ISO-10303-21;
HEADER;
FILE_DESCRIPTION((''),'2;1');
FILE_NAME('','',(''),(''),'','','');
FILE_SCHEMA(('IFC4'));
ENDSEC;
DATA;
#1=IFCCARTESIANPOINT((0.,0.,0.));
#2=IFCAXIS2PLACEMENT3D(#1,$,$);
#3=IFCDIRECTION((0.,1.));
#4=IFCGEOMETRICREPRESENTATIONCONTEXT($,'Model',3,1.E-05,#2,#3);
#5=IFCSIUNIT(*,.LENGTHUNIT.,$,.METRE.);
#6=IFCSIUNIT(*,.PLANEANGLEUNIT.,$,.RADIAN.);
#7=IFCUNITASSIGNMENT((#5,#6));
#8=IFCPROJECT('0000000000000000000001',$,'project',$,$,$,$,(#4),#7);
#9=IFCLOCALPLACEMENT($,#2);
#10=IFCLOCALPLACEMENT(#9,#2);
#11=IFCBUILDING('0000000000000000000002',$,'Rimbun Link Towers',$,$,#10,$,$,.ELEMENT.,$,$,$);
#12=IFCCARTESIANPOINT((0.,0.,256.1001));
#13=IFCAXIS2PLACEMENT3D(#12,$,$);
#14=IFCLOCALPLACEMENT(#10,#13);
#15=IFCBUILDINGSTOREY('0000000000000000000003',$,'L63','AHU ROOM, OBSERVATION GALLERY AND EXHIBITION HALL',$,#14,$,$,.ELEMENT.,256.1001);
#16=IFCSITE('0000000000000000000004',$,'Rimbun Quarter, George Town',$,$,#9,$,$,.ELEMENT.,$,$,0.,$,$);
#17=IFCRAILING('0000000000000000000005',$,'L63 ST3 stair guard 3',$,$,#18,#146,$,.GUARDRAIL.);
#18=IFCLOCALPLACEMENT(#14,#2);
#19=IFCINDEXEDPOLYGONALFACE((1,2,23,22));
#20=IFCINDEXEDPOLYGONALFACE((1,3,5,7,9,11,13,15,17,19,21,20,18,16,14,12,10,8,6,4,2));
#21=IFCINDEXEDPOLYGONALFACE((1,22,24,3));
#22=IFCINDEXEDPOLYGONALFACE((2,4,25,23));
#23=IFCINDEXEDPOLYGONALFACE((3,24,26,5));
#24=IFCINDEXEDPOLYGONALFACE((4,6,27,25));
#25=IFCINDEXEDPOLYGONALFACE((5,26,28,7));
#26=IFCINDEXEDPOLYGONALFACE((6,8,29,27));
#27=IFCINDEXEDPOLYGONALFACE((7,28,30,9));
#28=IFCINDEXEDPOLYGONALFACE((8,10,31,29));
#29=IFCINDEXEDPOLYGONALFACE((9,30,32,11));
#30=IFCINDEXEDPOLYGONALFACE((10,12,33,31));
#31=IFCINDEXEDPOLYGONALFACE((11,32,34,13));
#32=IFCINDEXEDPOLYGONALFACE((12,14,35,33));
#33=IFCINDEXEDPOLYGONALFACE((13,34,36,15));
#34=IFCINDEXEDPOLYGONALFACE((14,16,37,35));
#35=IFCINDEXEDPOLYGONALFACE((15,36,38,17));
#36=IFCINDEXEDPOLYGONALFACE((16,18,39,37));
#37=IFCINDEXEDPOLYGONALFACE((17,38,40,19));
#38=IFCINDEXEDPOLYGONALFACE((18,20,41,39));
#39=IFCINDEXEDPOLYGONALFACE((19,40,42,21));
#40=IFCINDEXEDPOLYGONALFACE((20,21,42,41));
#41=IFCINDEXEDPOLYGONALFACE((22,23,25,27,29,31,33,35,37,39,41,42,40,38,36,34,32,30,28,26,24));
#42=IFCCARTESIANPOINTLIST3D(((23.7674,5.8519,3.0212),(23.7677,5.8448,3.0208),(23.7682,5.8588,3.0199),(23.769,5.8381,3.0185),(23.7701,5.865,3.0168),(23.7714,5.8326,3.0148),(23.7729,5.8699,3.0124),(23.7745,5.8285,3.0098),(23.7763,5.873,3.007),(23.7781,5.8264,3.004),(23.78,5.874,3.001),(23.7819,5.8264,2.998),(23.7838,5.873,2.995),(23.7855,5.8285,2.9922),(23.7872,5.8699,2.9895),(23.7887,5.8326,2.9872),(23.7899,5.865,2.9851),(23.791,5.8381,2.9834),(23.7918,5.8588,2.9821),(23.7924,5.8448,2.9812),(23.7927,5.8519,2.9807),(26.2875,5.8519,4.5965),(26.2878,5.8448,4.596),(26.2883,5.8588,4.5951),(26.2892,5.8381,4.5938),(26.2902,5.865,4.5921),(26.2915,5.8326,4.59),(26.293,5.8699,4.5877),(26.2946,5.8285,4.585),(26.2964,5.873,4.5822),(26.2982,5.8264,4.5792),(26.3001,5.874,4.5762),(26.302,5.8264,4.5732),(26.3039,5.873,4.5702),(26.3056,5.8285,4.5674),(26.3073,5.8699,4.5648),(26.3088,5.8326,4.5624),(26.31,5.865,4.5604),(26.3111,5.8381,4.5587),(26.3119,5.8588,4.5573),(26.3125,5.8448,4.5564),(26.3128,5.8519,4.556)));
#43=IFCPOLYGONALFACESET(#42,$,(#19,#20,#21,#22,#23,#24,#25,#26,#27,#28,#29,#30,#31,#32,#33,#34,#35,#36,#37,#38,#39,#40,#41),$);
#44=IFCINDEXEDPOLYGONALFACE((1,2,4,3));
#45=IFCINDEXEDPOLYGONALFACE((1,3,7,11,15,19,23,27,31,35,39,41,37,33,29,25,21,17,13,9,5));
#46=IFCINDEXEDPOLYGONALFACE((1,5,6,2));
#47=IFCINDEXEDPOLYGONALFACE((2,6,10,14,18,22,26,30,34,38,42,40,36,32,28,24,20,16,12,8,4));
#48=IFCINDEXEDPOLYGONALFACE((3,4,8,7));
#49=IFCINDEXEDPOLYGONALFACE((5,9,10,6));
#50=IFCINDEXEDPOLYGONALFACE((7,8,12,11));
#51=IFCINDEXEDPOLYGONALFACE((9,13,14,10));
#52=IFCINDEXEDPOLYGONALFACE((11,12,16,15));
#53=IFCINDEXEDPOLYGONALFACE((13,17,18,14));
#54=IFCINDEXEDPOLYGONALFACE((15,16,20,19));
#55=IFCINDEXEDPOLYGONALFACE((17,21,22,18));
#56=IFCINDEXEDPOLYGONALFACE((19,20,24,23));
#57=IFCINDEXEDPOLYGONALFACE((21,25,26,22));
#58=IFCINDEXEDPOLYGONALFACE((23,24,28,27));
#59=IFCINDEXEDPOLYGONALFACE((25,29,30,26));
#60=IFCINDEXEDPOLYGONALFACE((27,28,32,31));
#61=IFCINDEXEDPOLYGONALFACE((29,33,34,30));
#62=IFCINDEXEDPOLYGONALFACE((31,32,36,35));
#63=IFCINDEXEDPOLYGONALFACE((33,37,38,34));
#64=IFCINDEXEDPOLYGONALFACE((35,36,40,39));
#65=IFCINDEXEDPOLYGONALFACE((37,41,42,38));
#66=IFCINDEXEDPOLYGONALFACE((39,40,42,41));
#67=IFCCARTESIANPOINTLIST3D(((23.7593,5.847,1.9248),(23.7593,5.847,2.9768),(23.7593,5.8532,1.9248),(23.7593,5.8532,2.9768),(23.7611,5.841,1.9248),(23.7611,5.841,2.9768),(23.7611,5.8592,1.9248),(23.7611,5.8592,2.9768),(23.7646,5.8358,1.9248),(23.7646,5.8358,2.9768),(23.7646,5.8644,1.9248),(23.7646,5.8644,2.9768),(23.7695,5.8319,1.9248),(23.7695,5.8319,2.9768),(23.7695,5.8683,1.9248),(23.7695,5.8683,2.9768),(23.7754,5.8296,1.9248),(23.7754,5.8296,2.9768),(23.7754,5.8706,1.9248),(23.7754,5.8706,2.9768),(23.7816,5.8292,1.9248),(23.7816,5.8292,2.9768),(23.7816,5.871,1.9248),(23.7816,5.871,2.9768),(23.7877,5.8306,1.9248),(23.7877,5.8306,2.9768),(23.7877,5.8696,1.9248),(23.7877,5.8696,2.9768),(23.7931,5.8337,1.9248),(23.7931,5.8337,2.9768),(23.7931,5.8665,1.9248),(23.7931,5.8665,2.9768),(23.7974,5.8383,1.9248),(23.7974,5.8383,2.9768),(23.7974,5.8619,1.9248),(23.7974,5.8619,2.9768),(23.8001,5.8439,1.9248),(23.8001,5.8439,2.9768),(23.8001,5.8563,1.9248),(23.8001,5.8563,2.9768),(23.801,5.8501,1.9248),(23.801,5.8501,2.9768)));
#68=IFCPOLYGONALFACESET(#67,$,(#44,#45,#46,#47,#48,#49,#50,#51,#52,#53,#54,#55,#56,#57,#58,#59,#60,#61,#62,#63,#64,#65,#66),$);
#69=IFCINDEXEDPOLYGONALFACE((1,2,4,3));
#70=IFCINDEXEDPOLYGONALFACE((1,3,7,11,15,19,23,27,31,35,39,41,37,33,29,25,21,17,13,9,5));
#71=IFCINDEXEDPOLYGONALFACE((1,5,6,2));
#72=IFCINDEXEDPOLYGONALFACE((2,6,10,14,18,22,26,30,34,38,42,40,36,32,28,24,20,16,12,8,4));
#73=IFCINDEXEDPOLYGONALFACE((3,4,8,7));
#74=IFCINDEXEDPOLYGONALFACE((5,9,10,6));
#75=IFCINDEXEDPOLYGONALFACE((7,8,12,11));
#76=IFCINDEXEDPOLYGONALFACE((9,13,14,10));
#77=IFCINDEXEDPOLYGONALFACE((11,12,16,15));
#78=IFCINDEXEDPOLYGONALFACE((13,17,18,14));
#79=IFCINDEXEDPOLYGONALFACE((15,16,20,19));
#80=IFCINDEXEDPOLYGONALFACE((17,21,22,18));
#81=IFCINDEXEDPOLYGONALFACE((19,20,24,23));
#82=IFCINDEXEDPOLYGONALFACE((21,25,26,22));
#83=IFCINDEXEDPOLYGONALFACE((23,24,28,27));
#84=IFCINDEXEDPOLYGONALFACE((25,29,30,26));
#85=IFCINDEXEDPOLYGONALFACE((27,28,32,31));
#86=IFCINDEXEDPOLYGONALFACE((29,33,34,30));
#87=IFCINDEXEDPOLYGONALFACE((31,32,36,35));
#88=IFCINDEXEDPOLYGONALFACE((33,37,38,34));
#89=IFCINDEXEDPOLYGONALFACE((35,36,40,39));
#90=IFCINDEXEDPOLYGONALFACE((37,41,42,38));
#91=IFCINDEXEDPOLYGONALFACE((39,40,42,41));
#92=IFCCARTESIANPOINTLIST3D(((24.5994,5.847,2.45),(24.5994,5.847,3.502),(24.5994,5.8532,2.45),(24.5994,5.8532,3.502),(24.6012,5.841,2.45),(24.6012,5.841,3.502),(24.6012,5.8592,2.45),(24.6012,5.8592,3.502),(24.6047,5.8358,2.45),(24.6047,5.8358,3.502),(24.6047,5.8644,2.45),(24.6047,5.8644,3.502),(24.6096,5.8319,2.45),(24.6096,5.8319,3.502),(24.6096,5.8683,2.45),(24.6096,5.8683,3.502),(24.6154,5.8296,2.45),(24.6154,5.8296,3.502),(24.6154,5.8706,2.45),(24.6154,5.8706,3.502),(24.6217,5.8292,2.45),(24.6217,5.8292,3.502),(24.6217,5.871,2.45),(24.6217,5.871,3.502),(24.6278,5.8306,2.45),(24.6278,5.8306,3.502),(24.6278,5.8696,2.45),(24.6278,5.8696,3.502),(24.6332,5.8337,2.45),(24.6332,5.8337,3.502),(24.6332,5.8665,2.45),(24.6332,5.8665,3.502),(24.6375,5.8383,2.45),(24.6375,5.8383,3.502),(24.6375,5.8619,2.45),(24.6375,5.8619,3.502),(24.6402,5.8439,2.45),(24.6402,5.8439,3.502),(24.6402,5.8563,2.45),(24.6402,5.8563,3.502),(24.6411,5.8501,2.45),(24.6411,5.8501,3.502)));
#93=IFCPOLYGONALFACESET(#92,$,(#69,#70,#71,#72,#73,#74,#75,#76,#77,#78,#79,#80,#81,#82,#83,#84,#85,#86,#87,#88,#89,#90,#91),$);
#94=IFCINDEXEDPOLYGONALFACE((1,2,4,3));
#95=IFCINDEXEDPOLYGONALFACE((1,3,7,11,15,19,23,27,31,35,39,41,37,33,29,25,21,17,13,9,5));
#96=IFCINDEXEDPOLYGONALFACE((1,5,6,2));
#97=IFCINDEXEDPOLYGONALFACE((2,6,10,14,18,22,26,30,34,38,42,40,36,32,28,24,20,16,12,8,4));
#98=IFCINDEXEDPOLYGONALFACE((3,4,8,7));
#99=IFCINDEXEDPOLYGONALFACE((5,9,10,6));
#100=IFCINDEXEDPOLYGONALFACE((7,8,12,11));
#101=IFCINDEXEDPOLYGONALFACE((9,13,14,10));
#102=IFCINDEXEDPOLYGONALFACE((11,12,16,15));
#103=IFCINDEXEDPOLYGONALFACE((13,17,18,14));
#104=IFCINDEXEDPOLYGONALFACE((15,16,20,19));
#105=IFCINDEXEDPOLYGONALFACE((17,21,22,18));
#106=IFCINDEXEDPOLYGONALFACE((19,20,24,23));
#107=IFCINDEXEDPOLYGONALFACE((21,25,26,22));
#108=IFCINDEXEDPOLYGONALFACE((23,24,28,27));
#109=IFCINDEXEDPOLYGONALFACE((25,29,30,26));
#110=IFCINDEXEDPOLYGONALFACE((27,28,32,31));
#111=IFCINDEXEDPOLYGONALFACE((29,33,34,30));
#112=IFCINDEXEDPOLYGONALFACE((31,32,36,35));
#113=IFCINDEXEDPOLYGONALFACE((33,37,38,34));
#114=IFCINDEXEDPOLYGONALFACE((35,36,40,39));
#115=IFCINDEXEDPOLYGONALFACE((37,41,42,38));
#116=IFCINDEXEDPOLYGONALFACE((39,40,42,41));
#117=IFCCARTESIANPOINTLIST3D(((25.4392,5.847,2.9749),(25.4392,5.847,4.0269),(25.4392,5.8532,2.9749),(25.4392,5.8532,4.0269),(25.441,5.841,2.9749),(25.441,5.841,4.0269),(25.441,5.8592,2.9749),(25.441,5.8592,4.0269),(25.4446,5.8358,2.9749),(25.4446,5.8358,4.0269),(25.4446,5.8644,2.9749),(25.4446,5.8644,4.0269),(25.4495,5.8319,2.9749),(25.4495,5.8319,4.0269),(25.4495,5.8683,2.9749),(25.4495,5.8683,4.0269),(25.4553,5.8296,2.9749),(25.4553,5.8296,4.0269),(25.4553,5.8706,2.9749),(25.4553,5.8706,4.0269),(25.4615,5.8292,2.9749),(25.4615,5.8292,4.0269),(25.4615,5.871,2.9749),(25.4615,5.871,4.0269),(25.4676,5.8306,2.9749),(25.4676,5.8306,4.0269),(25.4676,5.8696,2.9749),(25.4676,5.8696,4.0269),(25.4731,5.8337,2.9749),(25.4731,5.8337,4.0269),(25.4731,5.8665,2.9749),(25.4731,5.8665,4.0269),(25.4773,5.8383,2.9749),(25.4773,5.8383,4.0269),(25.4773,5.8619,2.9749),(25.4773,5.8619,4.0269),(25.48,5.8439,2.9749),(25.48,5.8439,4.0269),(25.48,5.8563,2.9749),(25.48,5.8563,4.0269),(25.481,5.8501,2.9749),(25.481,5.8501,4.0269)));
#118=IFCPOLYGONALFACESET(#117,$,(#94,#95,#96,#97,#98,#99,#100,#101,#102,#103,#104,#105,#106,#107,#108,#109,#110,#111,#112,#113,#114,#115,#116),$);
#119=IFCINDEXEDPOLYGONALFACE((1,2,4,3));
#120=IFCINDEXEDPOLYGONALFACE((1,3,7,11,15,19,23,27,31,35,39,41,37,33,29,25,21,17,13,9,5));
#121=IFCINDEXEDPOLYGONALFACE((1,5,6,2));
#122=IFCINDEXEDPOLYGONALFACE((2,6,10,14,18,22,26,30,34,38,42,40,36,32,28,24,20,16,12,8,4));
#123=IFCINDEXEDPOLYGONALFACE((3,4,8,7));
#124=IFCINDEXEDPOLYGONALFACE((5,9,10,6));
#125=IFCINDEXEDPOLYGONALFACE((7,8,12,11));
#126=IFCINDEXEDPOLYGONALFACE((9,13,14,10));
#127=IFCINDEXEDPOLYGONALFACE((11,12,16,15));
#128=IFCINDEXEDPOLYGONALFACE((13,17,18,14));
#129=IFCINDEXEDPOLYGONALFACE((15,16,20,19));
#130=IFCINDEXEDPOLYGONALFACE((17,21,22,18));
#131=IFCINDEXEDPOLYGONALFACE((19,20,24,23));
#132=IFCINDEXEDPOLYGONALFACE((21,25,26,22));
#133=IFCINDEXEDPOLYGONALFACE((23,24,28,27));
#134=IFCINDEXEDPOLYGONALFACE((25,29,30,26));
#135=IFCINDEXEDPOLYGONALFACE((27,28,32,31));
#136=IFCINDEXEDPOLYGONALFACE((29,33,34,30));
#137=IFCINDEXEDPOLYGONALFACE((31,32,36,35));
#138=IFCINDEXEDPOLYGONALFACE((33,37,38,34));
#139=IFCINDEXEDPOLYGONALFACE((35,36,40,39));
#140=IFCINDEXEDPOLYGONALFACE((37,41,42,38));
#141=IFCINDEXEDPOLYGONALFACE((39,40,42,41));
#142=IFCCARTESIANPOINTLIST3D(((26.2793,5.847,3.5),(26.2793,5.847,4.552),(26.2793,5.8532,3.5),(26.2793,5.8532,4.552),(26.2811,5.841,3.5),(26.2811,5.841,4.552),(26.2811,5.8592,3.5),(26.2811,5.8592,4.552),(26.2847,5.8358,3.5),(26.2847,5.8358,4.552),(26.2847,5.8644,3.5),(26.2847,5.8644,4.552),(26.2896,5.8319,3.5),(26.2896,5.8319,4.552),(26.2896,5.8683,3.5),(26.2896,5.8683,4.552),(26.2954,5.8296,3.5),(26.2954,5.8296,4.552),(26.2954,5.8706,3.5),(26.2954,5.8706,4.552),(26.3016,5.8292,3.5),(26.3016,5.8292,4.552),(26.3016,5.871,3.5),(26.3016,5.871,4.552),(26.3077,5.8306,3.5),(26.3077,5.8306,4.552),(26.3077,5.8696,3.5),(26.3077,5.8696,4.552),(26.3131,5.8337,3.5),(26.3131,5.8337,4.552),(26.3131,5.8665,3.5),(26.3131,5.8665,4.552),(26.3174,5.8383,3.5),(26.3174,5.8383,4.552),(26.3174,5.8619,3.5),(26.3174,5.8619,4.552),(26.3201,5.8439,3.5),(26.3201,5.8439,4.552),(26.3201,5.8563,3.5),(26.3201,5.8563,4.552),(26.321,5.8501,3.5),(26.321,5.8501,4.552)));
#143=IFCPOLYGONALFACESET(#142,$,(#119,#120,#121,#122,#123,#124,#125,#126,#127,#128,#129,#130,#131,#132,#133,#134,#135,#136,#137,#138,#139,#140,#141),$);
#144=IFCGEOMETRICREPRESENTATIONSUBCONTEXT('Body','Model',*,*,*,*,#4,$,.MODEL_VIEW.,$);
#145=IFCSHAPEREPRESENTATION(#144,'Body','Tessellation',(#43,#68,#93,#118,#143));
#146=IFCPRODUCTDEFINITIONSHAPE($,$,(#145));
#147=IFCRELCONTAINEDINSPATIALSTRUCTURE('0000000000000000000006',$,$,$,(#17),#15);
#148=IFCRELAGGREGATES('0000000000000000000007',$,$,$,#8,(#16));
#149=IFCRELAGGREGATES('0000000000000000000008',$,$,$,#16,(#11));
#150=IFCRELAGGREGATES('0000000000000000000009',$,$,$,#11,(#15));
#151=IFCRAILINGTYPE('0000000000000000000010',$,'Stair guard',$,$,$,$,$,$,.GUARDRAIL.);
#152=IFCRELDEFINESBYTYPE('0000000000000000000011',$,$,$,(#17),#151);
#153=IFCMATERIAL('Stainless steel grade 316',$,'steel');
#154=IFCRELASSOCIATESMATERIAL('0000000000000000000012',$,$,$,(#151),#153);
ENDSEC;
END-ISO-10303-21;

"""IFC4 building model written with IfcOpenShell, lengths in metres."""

from ifc_helpers import new_model, si_unit, direction, frame, origin, origin_2d, place, context, subcontext, project, spatial, circle, extrude, material, type_object, element, save


model = new_model("IFC4")

# Units and contexts
model_context = context("Model", 3, precision=1e-05, world=origin(), true_north=direction((0.0, 1.0)))
body_context = subcontext(model_context, "Body", "Model", "MODEL_VIEW")
ifc_project = project(units=[si_unit("LENGTHUNIT", "METRE"), si_unit("PLANEANGLEUNIT", "RADIAN")], contexts=[model_context])

# Site, building, storey
site_placement = place(None, origin())
site = spatial("IfcSite", under=ifc_project, at=site_placement, Name="Rimbun Quarter, George Town", CompositionType="ELEMENT", RefElevation=0.0)
building_placement = place(site_placement, origin())
building = spatial("IfcBuilding", under=site, at=building_placement, Name="Rimbun Link Towers", CompositionType="ELEMENT")
storey_placement = place(building_placement, frame((0.0, 0.0, 256.1001)))
storey = spatial("IfcBuildingStorey", under=building, at=storey_placement, Name="L63", Description="AHU ROOM, OBSERVATION GALLERY AND EXHIBITION HALL", CompositionType="ELEMENT", Elevation=256.1001)

# Railing
ifc_material_1 = material(Name="Stainless steel grade 316", Category="steel")
railing_type_1 = type_object("IfcRailingType", Name="Stair guard", PredefinedType="GUARDRAIL", material=ifc_material_1)
railing_1_placement = place(storey_placement, frame((23.78, 5.8501, 1.9248)))
element("IfcRailing", 1, at=railing_1_placement, inside=storey, type_object=railing_type_1, Name="L63 ST3 stair guard 3", PredefinedType="GUARDRAIL", context=body_context, shape_type="SweptSolid", body=[
    extrude(circle(Radius=0.0239, at=origin_2d()), frame((0.0, 0.0, 1.0762), z_axis=(0.847971, 0.0, 0.530043), x_axis=(0.0, 1.0, 0.0)), (0.0, 0.0, 1.0), 2.9719),
    extrude(circle(Radius=0.021, at=origin_2d()), origin(), (0.0, 0.0, 1.0), 1.052),
    extrude(circle(Radius=0.021, at=origin_2d()), frame((0.8401, 0.0, 0.5251)), (0.0, 0.0, 1.0), 1.052),
    extrude(circle(Radius=0.021, at=origin_2d()), frame((1.6799, 0.0, 1.05)), (0.0, 0.0, 1.0), 1.052),
    extrude(circle(Radius=0.021, at=origin_2d()), frame((2.52, 0.0, 1.5752)), (0.0, 0.0, 1.0), 1.052),
])

save(model, "model.ifc")
